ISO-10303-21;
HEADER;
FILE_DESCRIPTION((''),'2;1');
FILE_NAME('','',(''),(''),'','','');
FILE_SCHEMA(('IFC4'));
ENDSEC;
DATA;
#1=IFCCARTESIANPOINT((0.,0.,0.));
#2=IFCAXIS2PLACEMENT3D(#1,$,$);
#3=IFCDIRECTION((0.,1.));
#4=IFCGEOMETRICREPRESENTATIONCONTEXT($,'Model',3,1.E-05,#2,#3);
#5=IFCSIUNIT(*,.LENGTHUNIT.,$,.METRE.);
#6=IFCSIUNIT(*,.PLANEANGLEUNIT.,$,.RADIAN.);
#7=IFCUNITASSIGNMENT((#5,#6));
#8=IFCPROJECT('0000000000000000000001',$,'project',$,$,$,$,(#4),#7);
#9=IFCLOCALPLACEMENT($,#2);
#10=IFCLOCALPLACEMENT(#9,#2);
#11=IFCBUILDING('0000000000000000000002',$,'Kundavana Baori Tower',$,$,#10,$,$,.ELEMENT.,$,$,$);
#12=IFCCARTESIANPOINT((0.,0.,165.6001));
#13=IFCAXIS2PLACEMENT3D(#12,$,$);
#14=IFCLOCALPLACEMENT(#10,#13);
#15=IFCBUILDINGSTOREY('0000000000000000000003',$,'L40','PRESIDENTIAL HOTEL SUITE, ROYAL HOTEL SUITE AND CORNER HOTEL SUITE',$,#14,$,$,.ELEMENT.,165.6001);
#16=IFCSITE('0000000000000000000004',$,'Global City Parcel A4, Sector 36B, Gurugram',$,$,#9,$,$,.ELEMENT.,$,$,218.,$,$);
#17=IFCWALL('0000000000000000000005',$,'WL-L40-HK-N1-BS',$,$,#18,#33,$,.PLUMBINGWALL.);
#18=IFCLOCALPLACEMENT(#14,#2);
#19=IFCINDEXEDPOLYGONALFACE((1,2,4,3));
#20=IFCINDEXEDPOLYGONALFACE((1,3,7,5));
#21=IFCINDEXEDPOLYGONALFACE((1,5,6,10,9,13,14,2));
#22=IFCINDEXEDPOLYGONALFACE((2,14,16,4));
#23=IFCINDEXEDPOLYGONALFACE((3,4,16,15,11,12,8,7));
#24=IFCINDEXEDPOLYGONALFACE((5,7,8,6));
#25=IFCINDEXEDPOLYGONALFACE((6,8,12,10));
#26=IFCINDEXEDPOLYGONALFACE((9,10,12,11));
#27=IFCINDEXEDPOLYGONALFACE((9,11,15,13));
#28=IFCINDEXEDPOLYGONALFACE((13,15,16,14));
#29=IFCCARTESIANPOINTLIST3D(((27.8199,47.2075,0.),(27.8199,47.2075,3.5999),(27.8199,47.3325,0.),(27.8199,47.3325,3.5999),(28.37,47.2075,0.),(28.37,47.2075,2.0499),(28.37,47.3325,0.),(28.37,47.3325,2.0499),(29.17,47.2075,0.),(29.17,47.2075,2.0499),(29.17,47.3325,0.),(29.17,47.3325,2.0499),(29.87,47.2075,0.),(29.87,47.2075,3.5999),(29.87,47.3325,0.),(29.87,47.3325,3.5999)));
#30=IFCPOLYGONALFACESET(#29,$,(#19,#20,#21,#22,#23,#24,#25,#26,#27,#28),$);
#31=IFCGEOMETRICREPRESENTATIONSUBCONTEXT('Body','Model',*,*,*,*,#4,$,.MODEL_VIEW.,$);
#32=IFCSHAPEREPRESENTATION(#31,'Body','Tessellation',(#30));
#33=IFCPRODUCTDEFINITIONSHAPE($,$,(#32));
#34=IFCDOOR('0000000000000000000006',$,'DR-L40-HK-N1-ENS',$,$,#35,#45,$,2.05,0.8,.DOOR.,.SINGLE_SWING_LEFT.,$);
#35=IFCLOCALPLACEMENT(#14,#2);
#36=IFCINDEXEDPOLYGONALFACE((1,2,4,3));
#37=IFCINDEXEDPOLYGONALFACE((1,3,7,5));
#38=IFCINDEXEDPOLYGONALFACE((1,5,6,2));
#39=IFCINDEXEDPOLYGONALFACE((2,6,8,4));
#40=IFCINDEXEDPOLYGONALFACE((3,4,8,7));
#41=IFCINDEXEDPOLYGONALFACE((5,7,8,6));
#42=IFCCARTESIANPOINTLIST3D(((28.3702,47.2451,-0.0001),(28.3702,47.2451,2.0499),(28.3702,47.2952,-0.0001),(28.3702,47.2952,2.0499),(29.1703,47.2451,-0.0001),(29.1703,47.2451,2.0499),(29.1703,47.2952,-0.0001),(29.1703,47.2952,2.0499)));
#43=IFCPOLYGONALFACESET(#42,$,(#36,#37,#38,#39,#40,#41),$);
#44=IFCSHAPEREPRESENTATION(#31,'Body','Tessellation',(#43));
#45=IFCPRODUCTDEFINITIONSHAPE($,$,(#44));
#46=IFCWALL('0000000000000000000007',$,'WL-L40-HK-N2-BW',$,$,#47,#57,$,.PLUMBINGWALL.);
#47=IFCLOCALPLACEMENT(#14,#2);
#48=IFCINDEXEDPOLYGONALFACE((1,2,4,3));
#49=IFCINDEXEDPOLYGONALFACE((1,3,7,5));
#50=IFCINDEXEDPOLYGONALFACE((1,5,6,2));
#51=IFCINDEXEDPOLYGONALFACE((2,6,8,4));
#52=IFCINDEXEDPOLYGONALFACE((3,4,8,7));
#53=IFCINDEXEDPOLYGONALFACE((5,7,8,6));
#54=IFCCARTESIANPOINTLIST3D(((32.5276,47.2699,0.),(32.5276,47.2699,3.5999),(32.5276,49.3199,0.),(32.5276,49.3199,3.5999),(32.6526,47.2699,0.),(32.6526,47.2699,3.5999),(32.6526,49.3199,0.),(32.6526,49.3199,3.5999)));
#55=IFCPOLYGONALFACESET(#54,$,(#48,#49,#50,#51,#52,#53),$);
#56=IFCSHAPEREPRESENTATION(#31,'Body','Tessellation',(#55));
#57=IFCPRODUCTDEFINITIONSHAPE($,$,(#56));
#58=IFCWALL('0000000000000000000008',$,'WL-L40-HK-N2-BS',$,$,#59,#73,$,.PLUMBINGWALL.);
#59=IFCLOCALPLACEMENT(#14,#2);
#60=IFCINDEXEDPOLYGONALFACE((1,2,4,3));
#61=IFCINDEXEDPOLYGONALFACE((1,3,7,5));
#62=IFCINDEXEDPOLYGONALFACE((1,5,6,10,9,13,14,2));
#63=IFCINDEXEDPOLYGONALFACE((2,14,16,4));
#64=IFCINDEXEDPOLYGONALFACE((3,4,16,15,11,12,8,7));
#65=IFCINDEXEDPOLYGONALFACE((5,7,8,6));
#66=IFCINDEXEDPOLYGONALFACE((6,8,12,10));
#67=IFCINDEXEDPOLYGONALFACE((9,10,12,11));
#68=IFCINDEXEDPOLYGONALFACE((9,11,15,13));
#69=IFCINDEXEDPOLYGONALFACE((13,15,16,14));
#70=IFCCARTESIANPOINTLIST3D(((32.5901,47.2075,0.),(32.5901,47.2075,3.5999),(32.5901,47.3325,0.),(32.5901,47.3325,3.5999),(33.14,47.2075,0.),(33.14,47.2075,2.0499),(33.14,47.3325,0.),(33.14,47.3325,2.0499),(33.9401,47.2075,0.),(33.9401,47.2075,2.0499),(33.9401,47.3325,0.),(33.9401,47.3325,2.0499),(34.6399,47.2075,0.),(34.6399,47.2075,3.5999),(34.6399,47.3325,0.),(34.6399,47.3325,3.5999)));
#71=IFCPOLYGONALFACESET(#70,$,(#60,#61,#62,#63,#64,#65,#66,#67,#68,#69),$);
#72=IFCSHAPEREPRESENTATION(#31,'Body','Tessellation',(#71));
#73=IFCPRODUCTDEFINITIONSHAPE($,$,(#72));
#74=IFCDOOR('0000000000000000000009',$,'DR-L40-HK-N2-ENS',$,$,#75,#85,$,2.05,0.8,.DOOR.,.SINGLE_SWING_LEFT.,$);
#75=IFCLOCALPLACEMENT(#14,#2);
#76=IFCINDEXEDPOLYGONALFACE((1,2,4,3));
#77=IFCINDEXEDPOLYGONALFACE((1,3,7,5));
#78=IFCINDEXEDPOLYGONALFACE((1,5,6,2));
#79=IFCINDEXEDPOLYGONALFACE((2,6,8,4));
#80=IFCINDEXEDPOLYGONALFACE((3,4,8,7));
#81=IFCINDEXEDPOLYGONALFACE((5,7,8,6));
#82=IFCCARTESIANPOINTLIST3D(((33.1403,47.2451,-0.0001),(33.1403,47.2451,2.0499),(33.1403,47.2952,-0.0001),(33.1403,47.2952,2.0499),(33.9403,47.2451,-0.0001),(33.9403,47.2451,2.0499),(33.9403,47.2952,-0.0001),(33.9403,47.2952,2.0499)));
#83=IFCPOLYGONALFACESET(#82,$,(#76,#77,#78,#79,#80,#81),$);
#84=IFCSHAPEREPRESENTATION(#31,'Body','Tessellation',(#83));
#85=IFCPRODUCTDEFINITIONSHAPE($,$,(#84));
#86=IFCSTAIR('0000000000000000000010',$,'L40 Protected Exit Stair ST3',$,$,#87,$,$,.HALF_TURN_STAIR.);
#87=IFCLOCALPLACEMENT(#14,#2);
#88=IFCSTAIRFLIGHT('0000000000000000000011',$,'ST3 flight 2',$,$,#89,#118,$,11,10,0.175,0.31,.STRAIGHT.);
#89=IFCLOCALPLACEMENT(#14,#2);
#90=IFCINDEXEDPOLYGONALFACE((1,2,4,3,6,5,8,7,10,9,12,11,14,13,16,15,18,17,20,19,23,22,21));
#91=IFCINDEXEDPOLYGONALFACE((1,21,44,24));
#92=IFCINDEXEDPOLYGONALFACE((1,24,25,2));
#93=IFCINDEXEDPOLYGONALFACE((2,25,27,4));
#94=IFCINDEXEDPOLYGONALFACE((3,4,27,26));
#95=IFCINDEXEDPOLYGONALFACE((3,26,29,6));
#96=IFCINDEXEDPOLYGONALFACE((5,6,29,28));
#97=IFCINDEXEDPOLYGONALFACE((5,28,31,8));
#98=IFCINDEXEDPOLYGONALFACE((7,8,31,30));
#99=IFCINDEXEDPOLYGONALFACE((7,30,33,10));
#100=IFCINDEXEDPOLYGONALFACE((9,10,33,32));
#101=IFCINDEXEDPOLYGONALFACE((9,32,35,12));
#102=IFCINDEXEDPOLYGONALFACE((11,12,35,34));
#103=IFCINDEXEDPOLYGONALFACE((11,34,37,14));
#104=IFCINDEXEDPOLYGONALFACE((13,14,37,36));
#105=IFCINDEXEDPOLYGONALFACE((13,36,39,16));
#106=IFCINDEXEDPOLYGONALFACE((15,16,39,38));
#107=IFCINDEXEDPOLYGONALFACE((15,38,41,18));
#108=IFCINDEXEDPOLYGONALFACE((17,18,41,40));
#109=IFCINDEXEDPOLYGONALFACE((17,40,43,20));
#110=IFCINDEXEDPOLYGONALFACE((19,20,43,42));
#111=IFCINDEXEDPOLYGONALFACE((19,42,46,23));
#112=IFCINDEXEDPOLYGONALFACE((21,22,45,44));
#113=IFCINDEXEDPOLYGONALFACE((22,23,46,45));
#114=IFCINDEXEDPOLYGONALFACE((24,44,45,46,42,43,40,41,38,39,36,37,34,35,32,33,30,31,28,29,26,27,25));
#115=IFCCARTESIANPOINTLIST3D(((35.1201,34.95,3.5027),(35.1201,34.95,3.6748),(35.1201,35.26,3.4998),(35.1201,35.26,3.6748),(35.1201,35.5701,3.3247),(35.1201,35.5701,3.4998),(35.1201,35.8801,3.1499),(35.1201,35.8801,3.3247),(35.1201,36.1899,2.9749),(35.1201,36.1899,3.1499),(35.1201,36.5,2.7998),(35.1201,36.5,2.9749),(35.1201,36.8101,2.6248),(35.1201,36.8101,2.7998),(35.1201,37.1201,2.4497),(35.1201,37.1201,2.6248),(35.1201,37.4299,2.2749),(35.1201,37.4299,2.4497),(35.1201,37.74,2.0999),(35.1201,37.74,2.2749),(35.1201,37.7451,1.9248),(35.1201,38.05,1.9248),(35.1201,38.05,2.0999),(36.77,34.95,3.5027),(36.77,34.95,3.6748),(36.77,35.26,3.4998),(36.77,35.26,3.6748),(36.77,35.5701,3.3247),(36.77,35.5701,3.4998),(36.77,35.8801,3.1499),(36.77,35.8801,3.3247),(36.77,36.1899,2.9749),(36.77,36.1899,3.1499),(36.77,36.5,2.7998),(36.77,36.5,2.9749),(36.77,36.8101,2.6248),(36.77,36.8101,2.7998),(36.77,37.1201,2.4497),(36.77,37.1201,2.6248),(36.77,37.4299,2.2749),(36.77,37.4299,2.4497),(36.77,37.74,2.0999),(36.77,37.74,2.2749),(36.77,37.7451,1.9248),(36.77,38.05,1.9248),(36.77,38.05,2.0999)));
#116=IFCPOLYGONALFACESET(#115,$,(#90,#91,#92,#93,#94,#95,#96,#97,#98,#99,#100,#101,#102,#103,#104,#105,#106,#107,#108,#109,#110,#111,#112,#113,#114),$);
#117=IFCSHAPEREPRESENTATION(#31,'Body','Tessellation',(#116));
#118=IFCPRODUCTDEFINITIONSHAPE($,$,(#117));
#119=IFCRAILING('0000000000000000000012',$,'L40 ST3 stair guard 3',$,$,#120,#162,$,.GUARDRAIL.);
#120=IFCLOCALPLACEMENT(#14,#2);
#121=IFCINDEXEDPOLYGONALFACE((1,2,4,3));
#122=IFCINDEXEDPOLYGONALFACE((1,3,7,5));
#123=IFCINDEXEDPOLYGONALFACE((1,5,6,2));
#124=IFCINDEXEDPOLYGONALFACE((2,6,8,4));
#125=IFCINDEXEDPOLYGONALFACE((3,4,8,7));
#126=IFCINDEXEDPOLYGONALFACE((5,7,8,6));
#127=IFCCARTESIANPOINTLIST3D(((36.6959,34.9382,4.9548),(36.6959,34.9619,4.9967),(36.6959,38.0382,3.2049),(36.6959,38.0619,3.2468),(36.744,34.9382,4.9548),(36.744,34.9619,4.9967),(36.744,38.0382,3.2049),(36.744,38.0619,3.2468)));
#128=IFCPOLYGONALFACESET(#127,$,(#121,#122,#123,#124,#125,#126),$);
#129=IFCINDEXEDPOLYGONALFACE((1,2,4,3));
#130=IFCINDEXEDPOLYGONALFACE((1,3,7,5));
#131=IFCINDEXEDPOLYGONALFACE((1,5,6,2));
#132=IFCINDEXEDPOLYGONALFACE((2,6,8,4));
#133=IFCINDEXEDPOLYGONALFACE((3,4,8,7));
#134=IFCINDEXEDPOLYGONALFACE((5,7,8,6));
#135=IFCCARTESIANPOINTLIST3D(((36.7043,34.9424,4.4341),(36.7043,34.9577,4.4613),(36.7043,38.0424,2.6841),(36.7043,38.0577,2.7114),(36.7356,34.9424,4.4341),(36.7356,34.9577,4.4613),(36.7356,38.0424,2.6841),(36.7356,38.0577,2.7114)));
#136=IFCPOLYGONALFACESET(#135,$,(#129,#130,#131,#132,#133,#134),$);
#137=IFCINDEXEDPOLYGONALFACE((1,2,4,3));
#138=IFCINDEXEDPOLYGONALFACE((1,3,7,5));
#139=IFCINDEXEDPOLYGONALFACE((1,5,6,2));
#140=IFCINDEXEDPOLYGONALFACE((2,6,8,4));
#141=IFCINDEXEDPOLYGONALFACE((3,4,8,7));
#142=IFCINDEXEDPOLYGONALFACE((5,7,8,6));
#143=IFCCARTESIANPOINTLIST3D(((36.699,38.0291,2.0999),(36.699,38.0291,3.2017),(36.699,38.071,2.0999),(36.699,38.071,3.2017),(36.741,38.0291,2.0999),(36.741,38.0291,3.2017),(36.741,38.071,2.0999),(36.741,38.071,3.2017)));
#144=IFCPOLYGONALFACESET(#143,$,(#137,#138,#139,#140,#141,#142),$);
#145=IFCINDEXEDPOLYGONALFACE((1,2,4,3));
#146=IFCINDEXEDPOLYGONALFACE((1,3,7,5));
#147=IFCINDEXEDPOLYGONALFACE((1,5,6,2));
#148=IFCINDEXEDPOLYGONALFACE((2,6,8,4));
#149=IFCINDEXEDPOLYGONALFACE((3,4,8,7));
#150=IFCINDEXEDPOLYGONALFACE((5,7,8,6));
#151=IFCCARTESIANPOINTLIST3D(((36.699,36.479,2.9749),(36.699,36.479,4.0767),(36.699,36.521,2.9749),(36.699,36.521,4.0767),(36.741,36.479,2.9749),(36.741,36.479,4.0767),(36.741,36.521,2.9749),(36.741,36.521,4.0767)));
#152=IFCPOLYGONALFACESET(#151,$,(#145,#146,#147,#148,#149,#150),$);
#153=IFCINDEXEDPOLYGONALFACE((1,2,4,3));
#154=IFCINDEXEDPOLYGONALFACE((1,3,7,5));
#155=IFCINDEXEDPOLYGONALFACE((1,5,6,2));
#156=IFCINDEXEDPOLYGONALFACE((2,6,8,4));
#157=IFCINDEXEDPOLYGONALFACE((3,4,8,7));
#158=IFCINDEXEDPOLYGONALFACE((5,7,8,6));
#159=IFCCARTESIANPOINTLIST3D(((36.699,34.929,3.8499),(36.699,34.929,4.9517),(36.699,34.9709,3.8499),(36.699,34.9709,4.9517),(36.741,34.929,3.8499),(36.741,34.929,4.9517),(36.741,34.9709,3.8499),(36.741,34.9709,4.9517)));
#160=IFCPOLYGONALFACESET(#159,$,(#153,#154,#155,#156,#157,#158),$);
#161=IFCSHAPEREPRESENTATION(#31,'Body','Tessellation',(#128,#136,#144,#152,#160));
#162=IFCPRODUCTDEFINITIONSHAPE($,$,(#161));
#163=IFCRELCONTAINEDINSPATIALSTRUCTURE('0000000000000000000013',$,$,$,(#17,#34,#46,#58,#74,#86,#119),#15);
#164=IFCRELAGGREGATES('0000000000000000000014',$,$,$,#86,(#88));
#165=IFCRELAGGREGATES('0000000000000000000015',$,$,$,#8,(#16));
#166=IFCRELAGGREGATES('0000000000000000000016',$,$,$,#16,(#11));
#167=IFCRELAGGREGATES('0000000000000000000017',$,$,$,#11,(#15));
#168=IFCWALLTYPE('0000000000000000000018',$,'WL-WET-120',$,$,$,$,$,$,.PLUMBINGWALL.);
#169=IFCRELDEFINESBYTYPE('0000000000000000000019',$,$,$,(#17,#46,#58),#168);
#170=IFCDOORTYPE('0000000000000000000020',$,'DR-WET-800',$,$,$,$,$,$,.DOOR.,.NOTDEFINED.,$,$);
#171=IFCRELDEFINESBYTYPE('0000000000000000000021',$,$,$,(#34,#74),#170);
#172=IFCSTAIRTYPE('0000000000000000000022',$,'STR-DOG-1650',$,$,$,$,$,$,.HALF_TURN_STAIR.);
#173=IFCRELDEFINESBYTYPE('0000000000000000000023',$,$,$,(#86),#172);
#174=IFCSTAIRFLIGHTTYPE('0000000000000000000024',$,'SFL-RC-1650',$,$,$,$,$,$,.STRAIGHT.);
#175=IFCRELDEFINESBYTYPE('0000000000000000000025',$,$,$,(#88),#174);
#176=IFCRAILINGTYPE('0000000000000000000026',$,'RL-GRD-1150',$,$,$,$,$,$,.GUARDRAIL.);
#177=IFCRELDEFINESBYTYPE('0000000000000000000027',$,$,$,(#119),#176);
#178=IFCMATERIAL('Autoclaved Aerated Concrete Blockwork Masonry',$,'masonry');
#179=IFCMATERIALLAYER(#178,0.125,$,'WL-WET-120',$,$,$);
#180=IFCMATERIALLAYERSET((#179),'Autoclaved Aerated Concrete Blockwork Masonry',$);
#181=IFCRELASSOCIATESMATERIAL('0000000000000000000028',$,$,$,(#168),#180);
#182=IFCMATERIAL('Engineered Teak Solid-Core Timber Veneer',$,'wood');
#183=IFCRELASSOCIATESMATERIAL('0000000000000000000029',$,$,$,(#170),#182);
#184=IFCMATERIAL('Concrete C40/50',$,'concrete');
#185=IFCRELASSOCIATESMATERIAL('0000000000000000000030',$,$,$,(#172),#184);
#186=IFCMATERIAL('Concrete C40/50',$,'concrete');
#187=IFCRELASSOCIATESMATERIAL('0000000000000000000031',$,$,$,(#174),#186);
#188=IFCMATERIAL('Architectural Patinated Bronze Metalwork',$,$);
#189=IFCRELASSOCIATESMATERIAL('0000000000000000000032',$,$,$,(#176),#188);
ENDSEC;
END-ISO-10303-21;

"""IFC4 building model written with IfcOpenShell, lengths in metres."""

from ifc_helpers import new_model, si_unit, direction, frame, frame_2d, origin, origin_2d, place, context, subcontext, project, spatial, polyline, rectangle, outline, extrude, material, layer, layer_set, type_object, element, fill, aggregate, save


model = new_model("IFC4")

# Units and contexts
model_context = context("Model", 3, precision=1e-05, world=origin(), true_north=direction((0.0, 1.0)))
body_context = subcontext(model_context, "Body", "Model", "MODEL_VIEW")
ifc_project = project(units=[si_unit("LENGTHUNIT", "METRE"), si_unit("PLANEANGLEUNIT", "RADIAN")], contexts=[model_context])

# Site, building, storey
site_placement = place(None, origin())
site = spatial("IfcSite", under=ifc_project, at=site_placement, Name="Global City Parcel A4, Sector 36B, Gurugram", CompositionType="ELEMENT", RefElevation=218.0)
building_placement = place(site_placement, origin())
building = spatial("IfcBuilding", under=site, at=building_placement, Name="Kundavana Baori Tower", CompositionType="ELEMENT")
storey_placement = place(building_placement, frame((0.0, 0.0, 165.6001)))
storey = spatial("IfcBuildingStorey", under=building, at=storey_placement, Name="L40", Description="PRESIDENTIAL HOTEL SUITE, ROYAL HOTEL SUITE AND CORNER HOTEL SUITE", CompositionType="ELEMENT", Elevation=165.6001)

# Shared definitions
ifc_material_1 = material(Name="Autoclaved Aerated Concrete Blockwork Masonry", Category="masonry")
ifc_layer_1 = layer(ifc_material_1, 0.125, Name="WL-WET-120")
ifc_layer_set_1 = layer_set([ifc_layer_1], Name="Autoclaved Aerated Concrete Blockwork Masonry")
wall_type_1 = type_object("IfcWallType", Name="WL-WET-120", PredefinedType="PLUMBINGWALL", material=ifc_layer_set_1)

# Wall, opening, door
wall_1_placement = place(storey_placement, frame((27.8201, 47.27, 0.0), z_axis=(0.0, 0.0, 1.0), x_axis=(1.0, 0.0, 0.0)))
wall_1 = element("IfcWall", 1, at=wall_1_placement, inside=storey, type_object=wall_type_1, Name="WL-L40-HK-N1-BS", PredefinedType="PLUMBINGWALL", context=body_context, shape_type="SweptSolid", body=[
    extrude(rectangle(XDim=2.05, YDim=0.125, at=frame_2d((1.0249, 0.0))), origin(), (0.0, 0.0, 1.0), 3.5999),
])
opening_1_placement = place(wall_1_placement, frame((0.55, 0.0, 0.0)))
opening_1 = element("IfcOpeningElement", 2, at=opening_1_placement, cuts=wall_1, PredefinedType="OPENING", context=body_context, shape_type="SweptSolid", body=[
    extrude(rectangle(XDim=0.8, YDim=2.05, at=frame_2d((0.3999, 1.0249))), frame((0.0, 0.0725, 0.0), z_axis=(0.0, -1.0, 0.0), x_axis=(1.0, 0.0, 0.0)), (0.0, 0.0, 1.0), 0.145),
])
ifc_material_2 = material(Name="Engineered Teak Solid-Core Timber Veneer", Category="wood")
door_type = type_object("IfcDoorType", Name="DR-WET-800", OperationType="NOTDEFINED", PredefinedType="DOOR", material=ifc_material_2)
door_1_placement = place(opening_1_placement, frame((0.8, 0.0, 0.0), z_axis=(0.0, 0.0, 1.0), x_axis=(-1.0, 0.0, 0.0)))
door_1 = element("IfcDoor", 3, at=door_1_placement, inside=storey, type_object=door_type, Name="DR-L40-HK-N1-ENS", OperationType="SINGLE_SWING_LEFT", OverallHeight=2.05, OverallWidth=0.8, PredefinedType="DOOR", context=body_context, shape_type="SweptSolid", body=[
    extrude(rectangle(XDim=0.8, YDim=2.05, at=frame_2d((0.3999, 1.0249))), frame((0.0, 0.0249, 0.0), z_axis=(0.0, -1.0, 0.0), x_axis=(1.0, 0.0, 0.0)), (0.0, 0.0, 1.0), 0.05),
])
fill(opening_1, door_1)

# Wall
wall_2_placement = place(storey_placement, frame((32.5901, 47.27, 0.0), z_axis=(0.0, 0.0, 1.0), x_axis=(0.0, 1.0, 0.0)))
element("IfcWall", 4, at=wall_2_placement, inside=storey, type_object=wall_type_1, Name="WL-L40-HK-N2-BW", PredefinedType="PLUMBINGWALL", context=body_context, shape_type="SweptSolid", body=[
    extrude(rectangle(XDim=2.05, YDim=0.125, at=frame_2d((1.0249, 0.0))), origin(), (0.0, 0.0, 1.0), 3.5999),
])

# Wall, opening, door
wall_3_placement = place(storey_placement, frame((32.5901, 47.27, 0.0), z_axis=(0.0, 0.0, 1.0), x_axis=(1.0, 0.0, 0.0)))
wall_3 = element("IfcWall", 5, at=wall_3_placement, inside=storey, type_object=wall_type_1, Name="WL-L40-HK-N2-BS", PredefinedType="PLUMBINGWALL", context=body_context, shape_type="SweptSolid", body=[
    extrude(rectangle(XDim=2.0498, YDim=0.125, at=frame_2d((1.0249, 0.0))), origin(), (0.0, 0.0, 1.0), 3.5999),
])
opening_2_placement = place(wall_3_placement, frame((0.55, 0.0, 0.0)))
opening_2 = element("IfcOpeningElement", 6, at=opening_2_placement, cuts=wall_3, PredefinedType="OPENING", context=body_context, shape_type="SweptSolid", body=[
    extrude(rectangle(XDim=0.8, YDim=2.05, at=frame_2d((0.3999, 1.0249))), frame((0.0, 0.0725, 0.0), z_axis=(0.0, -1.0, 0.0), x_axis=(1.0, 0.0, 0.0)), (0.0, 0.0, 1.0), 0.145),
])
door_2_placement = place(opening_2_placement, frame((0.8, 0.0, 0.0), z_axis=(0.0, 0.0, 1.0), x_axis=(-1.0, 0.0, 0.0)))
door_2 = element("IfcDoor", 7, at=door_2_placement, inside=storey, type_object=door_type, Name="DR-L40-HK-N2-ENS", OperationType="SINGLE_SWING_LEFT", OverallHeight=2.05, OverallWidth=0.8, PredefinedType="DOOR", context=body_context, shape_type="SweptSolid", body=[
    extrude(rectangle(XDim=0.8, YDim=2.05, at=frame_2d((0.3999, 1.0249))), frame((0.0, 0.0249, 0.0), z_axis=(0.0, -1.0, 0.0), x_axis=(1.0, 0.0, 0.0)), (0.0, 0.0, 1.0), 0.05),
])
fill(opening_2, door_2)

# Stair, stair flight
ifc_material_3 = material(Name="Concrete C40/50", Category="concrete")
stair_type = type_object("IfcStairType", Name="STR-DOG-1650", PredefinedType="HALF_TURN_STAIR", material=ifc_material_3)
stair_placement = place(storey_placement, origin())
stair = element("IfcStair", 8, at=stair_placement, inside=storey, type_object=stair_type, Name="L40 Protected Exit Stair ST3", PredefinedType="HALF_TURN_STAIR")
ifc_material_4 = material(Name="Concrete C40/50", Category="concrete")
stair_flight_type = type_object("IfcStairFlightType", Name="SFL-RC-1650", PredefinedType="STRAIGHT", material=ifc_material_4)
stair_flight_placement = place(storey_placement, frame((35.9451, 38.05, 1.9248), z_axis=(0.0, 0.0, 1.0), x_axis=(0.0, -1.0, 0.0)))
stair_flight = element("IfcStairFlight", 9, at=stair_flight_placement, type_object=stair_flight_type, Name="ST3 flight 2", NumberOfRisers=11, NumberOfTreads=10, PredefinedType="STRAIGHT", RiserHeight=0.175, TreadLength=0.31, context=body_context, shape_type="SweptSolid", body=[
    extrude(outline(polyline([(0.0, 0.0), (0.0, 0.175), (0.3101, 0.175), (0.3101, 0.3501), (0.6201, 0.3501), (0.6201, 0.5249), (0.9299, 0.5249), (0.9299, 0.7), (1.24, 0.7), (1.24, 0.875), (1.55, 0.875), (1.55, 1.05), (1.8601, 1.05), (1.8601, 1.2251), (2.1699, 1.2251), (2.1699, 1.3999), (2.48, 1.3999), (2.48, 1.575), (2.79, 1.575), (2.79, 1.75), (3.1001, 1.75), (3.1001, 1.925), (3.1001, 1.5779), (0.3049, 0.0), (0.0, 0.0)])), frame((0.0, 0.825, 0.0), z_axis=(0.0, -1.0, 0.0), x_axis=(1.0, 0.0, 0.0)), (0.0, 0.0, 1.0), 1.6499),
])
aggregate(stair, [stair_flight])

# Railing
ifc_material_5 = material(Name="Architectural Patinated Bronze Metalwork")
railing_type = type_object("IfcRailingType", Name="RL-GRD-1150", PredefinedType="GUARDRAIL", material=ifc_material_5)
railing_placement = place(storey_placement, frame((36.72, 38.05, 2.0999)))
element("IfcRailing", 10, at=railing_placement, inside=storey, type_object=railing_type, Name="L40 ST3 stair guard 3", PredefinedType="GUARDRAIL", context=body_context, shape_type="SweptSolid", body=[
    extrude(rectangle(XDim=0.0481, YDim=0.0481, at=origin_2d()), frame((0.0, 0.0, 1.126), z_axis=(0.0, -0.870831, 0.491583), x_axis=(1.0, 0.0, 0.0)), (0.0, 0.0, 1.0), 3.5598),
    extrude(rectangle(XDim=0.0312, YDim=0.0312, at=origin_2d()), frame((0.0, 0.0, 0.5979), z_axis=(0.0, -0.870831, 0.491583), x_axis=(1.0, 0.0, 0.0)), (0.0, 0.0, 1.0), 3.5598),
    extrude(rectangle(XDim=0.042, YDim=0.042, at=origin_2d()), origin(), (0.0, 0.0, 1.0), 1.1018),
    extrude(rectangle(XDim=0.042, YDim=0.042, at=origin_2d()), frame((0.0, -1.55, 0.875)), (0.0, 0.0, 1.0), 1.1018),
    extrude(rectangle(XDim=0.042, YDim=0.042, at=origin_2d()), frame((0.0, -3.1001, 1.75)), (0.0, 0.0, 1.0), 1.1018),
])

save(model, "model.ifc")
